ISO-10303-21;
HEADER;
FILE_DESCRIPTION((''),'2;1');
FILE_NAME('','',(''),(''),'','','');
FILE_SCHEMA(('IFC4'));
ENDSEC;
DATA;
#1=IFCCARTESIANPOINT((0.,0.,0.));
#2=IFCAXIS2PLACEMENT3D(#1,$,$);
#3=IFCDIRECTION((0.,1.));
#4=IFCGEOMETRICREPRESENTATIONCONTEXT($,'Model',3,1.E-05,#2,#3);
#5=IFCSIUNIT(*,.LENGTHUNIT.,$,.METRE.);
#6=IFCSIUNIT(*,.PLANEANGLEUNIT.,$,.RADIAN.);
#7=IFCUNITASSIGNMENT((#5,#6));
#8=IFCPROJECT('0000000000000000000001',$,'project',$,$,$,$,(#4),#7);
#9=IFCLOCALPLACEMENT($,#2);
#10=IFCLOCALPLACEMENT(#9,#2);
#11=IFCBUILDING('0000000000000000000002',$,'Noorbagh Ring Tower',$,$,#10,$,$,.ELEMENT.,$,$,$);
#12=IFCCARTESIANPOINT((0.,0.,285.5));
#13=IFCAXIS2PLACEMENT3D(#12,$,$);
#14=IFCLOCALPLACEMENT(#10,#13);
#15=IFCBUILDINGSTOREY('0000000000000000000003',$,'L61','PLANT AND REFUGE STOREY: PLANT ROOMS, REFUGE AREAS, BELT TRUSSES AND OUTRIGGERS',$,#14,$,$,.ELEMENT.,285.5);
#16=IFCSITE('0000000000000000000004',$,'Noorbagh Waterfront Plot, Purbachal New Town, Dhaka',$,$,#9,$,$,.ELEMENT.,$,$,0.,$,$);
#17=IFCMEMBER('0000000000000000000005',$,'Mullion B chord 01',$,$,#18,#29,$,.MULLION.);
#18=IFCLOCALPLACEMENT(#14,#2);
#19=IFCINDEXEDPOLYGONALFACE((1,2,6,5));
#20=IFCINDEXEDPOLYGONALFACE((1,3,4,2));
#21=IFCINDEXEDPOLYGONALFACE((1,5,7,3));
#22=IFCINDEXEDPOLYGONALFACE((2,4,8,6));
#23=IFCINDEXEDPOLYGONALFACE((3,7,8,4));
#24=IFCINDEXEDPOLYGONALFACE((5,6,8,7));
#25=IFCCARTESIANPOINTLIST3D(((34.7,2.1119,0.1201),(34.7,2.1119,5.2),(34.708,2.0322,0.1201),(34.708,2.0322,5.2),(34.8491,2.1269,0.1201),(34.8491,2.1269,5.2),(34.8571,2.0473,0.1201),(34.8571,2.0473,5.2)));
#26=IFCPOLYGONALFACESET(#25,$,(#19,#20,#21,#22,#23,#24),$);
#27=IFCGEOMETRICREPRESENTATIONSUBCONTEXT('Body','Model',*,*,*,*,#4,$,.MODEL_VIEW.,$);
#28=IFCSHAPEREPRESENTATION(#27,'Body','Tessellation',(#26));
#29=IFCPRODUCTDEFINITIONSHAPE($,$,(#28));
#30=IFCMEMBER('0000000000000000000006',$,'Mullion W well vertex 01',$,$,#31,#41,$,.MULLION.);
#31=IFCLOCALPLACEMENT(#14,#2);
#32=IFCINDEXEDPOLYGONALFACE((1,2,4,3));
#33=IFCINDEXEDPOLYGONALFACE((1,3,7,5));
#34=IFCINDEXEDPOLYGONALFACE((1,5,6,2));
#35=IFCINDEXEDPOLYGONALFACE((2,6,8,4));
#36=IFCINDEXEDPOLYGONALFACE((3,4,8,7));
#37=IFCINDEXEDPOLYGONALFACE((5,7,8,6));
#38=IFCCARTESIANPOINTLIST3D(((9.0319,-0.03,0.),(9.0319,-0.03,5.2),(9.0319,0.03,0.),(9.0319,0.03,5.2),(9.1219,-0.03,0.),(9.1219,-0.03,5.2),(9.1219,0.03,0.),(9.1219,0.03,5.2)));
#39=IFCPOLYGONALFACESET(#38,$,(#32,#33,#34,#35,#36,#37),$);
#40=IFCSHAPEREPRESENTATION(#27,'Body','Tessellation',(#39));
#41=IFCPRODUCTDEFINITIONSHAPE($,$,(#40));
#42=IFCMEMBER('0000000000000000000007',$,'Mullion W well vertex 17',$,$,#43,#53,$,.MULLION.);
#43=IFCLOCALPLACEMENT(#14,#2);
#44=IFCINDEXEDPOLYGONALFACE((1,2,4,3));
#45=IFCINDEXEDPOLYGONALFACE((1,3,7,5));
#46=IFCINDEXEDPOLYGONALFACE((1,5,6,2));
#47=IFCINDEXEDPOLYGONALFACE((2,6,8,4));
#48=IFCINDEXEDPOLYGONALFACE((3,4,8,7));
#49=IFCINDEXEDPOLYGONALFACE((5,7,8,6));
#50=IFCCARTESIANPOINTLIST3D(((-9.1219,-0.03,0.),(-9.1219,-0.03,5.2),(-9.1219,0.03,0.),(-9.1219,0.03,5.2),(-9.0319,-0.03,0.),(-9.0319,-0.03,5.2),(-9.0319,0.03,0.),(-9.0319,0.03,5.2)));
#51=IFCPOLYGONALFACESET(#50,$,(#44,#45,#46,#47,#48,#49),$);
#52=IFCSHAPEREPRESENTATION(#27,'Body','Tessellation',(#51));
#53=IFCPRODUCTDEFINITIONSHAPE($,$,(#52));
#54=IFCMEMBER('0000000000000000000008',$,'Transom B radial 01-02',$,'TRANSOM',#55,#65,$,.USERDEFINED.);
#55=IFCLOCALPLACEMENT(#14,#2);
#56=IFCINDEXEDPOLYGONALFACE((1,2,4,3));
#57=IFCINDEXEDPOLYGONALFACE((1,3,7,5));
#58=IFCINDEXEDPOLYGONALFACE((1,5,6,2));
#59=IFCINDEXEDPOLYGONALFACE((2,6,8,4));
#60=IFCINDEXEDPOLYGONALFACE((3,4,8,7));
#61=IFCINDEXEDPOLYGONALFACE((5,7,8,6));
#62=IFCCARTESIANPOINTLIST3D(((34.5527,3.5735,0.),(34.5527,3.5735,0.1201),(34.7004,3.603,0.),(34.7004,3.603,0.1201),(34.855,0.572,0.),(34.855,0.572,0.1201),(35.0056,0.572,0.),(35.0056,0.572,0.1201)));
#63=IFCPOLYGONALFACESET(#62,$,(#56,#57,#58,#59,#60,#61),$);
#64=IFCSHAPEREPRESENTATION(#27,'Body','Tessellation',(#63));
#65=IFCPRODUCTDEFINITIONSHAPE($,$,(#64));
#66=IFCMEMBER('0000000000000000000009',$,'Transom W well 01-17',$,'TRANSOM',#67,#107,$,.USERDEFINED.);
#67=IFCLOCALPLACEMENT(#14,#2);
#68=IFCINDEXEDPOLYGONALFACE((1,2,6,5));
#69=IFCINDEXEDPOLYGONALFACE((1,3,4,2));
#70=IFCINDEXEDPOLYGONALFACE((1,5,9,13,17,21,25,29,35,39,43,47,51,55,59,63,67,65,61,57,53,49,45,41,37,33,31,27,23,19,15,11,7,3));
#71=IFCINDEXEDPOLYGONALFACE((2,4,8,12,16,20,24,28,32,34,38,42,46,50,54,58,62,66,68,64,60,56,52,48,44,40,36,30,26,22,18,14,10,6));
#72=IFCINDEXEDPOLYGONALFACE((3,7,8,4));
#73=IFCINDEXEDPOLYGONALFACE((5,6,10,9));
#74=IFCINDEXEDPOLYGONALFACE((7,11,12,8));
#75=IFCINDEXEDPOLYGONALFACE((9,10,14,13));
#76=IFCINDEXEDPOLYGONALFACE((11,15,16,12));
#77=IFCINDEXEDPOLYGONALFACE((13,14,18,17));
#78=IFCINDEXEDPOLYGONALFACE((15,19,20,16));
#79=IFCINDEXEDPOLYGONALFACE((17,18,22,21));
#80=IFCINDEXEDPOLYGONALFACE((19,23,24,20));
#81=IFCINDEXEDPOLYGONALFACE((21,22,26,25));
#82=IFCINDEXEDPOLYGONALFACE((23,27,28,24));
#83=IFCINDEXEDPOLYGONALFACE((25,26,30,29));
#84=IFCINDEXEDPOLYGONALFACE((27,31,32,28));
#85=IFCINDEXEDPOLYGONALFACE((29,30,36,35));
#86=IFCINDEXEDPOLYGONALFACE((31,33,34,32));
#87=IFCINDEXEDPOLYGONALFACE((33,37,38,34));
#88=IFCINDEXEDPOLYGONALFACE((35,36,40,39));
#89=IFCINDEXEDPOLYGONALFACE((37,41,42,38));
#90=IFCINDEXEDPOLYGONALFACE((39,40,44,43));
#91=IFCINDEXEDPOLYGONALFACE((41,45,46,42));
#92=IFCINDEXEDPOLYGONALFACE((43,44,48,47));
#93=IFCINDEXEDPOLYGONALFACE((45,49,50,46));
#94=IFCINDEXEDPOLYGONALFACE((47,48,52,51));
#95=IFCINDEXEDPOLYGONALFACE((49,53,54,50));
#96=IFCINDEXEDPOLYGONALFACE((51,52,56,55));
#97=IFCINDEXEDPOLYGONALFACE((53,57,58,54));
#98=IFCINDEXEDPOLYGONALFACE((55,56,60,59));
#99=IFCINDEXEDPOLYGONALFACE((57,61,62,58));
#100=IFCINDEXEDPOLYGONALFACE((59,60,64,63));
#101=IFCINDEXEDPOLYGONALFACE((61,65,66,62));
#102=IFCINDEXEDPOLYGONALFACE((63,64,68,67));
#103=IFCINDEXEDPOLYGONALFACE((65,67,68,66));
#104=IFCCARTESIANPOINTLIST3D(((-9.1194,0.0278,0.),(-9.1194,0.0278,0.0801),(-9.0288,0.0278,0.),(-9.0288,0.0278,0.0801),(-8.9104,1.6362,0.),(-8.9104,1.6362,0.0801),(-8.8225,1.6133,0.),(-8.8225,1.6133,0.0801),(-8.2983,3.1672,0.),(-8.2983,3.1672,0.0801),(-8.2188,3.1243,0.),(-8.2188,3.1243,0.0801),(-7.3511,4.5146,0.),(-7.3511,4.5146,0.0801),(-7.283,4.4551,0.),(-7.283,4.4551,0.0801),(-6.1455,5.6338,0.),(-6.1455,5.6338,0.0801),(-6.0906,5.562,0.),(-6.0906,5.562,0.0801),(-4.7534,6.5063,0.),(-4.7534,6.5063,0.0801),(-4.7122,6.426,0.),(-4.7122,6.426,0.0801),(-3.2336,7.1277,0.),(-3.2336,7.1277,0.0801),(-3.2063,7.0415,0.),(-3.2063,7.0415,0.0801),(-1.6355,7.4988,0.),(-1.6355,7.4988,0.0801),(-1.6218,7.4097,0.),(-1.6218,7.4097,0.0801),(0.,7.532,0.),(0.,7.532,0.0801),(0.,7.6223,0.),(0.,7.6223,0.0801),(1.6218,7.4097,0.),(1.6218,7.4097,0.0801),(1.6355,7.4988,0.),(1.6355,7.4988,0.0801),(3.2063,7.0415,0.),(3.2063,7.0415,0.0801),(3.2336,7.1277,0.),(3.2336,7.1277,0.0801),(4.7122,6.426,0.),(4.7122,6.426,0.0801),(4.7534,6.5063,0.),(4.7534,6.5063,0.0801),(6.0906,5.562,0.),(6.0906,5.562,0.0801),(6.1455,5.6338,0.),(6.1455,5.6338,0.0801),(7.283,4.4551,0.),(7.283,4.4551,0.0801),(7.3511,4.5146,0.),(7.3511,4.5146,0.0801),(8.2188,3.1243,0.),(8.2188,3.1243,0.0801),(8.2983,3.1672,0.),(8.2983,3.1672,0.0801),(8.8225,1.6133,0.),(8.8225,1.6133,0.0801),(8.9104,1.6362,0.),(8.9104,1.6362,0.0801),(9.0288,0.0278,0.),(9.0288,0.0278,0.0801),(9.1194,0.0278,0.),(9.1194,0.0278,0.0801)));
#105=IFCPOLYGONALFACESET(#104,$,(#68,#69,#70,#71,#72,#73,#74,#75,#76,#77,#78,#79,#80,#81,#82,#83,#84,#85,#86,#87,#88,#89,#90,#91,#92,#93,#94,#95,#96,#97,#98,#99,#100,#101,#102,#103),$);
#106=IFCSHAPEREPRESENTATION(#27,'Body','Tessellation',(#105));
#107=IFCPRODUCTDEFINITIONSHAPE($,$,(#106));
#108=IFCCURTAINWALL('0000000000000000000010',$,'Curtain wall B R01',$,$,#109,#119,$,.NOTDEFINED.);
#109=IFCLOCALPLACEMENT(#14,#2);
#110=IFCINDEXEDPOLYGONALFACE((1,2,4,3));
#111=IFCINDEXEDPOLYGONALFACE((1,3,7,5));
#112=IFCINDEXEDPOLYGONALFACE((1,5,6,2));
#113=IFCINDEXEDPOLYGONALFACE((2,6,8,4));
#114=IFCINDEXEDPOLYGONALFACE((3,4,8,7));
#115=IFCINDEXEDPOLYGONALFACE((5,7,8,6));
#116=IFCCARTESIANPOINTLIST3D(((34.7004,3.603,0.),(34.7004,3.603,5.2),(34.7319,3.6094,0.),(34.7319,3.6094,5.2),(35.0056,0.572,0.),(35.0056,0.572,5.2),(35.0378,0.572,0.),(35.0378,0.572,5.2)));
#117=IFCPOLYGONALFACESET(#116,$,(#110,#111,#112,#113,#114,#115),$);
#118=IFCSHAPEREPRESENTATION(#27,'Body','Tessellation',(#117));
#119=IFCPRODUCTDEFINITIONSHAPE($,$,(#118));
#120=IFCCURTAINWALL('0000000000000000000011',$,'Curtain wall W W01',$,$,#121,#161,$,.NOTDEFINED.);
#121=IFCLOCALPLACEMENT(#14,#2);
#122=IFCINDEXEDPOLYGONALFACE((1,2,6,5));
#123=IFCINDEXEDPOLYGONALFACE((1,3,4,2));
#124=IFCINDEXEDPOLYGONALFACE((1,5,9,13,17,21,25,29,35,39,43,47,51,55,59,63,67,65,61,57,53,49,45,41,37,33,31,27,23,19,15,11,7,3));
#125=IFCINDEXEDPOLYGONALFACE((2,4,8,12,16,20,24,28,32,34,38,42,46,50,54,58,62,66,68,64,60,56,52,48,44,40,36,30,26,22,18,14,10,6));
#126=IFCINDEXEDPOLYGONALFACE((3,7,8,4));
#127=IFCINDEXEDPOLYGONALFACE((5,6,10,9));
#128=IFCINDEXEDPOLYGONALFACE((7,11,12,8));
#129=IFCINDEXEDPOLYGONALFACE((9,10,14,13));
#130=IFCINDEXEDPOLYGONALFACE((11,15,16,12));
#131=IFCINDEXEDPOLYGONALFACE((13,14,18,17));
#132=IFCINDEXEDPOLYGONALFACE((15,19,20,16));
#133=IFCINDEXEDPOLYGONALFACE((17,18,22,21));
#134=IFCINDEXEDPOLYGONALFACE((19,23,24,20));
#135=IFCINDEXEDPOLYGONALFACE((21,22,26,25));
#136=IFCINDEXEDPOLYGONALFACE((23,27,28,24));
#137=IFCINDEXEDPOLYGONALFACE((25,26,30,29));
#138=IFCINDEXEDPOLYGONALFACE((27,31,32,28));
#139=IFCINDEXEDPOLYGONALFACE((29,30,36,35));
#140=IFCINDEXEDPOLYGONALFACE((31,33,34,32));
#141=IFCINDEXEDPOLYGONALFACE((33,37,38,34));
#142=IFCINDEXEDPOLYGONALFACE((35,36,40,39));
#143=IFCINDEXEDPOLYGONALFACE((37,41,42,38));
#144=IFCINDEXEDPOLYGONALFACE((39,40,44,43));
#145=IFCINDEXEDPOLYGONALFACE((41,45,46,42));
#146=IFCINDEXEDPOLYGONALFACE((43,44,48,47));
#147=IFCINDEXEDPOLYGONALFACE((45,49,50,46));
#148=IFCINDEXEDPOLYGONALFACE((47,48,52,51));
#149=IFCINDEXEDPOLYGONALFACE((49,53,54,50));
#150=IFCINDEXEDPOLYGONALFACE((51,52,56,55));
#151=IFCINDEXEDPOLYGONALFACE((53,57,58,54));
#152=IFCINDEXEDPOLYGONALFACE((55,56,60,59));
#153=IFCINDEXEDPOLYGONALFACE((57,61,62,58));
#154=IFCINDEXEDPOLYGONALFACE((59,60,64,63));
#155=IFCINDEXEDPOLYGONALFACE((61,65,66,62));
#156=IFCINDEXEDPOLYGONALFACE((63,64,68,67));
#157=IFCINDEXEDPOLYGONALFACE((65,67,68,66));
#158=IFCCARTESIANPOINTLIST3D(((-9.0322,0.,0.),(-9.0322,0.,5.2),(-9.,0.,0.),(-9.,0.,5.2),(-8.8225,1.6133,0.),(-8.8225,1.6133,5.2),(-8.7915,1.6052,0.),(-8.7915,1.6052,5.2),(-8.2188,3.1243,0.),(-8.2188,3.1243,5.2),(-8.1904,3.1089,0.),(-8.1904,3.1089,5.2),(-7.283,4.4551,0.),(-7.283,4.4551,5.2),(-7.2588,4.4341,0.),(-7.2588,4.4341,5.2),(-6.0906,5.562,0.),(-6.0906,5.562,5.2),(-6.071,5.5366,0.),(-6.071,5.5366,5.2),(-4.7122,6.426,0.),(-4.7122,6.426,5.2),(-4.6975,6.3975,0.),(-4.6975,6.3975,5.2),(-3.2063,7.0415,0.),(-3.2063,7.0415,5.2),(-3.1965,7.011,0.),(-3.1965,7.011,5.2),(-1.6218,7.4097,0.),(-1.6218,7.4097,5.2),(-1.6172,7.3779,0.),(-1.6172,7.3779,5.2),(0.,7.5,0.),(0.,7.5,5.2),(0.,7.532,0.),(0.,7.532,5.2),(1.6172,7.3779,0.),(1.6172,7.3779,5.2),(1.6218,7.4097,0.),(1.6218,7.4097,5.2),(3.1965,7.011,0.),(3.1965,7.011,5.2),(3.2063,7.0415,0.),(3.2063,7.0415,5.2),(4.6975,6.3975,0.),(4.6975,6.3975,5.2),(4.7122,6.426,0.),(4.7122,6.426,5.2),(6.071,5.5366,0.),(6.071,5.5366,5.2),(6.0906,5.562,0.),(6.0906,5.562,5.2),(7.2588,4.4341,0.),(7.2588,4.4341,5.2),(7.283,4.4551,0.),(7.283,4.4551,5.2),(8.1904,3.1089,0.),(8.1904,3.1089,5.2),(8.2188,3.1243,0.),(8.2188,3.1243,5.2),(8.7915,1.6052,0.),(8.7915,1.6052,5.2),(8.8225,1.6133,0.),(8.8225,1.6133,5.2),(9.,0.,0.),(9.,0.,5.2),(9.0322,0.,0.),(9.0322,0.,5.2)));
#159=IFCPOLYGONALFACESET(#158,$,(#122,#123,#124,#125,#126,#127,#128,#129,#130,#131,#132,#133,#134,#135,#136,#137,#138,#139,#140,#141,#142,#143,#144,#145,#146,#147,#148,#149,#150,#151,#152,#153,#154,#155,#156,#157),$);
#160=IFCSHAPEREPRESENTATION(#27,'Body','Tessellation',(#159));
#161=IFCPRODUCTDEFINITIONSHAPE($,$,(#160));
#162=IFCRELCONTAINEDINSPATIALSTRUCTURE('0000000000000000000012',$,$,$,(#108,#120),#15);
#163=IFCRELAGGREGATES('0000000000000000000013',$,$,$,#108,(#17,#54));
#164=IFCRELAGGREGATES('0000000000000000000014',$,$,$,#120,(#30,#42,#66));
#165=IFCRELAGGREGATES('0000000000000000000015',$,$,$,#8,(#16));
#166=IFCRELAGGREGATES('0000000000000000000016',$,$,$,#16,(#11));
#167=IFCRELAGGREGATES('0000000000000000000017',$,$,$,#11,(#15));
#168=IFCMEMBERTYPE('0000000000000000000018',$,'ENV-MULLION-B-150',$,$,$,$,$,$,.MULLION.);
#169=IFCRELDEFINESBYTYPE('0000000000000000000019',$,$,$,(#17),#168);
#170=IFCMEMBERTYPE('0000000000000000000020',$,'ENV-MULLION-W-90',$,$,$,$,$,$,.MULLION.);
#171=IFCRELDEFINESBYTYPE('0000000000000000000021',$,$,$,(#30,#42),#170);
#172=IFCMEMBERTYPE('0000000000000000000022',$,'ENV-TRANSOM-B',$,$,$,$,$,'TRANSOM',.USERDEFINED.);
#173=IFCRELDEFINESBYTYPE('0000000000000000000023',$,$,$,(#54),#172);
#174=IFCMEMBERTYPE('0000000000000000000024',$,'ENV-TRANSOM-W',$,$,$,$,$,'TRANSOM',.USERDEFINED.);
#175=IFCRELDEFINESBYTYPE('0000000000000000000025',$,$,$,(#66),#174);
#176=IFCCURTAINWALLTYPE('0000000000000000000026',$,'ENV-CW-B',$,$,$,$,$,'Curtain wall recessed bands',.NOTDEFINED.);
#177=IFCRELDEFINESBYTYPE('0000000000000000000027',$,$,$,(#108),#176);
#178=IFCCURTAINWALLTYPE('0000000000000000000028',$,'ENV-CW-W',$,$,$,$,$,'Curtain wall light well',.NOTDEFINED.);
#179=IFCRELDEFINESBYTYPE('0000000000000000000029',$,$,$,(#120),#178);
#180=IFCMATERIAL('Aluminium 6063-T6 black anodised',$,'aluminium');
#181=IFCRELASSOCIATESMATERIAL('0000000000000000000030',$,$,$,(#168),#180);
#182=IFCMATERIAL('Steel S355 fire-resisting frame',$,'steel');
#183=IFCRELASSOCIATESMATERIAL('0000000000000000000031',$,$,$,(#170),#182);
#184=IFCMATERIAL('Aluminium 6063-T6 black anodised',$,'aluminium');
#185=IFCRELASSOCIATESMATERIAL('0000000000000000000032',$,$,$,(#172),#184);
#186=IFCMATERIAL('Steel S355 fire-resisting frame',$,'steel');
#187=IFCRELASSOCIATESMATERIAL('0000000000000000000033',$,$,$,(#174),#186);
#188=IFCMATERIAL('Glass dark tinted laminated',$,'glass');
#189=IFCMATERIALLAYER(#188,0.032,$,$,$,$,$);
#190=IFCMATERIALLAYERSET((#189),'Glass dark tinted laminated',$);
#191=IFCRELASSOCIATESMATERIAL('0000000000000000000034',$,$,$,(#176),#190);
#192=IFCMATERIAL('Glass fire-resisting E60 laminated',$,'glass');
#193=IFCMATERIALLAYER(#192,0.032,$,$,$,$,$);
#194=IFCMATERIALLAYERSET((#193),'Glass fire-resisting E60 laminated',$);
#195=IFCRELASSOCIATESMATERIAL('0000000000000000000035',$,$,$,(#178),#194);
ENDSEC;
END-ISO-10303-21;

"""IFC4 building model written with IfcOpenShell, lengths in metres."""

from ifc_helpers import new_model, si_unit, direction, frame, origin, origin_2d, place, context, subcontext, project, spatial, polyline, rectangle, outline, extrude, material, layer, layer_set, material_profile, profile_set, type_object, element, aggregate, save


model = new_model("IFC4")

# Units and contexts
model_context = context("Model", 3, precision=1e-05, world=origin(), true_north=direction((0.0, 1.0)))
body_context = subcontext(model_context, "Body", "Model", "MODEL_VIEW")
ifc_project = project(units=[si_unit("LENGTHUNIT", "METRE"), si_unit("PLANEANGLEUNIT", "RADIAN")], contexts=[model_context])

# Members
ifc_material_1 = material(Name="Aluminium 6063-T6 black anodised", Category="aluminium")
ifc_material_profile_1 = material_profile(ifc_material_1, rectangle(XDim=0.1499, YDim=0.0801, at=origin_2d()), Name="150x80")
ifc_profile_set_1 = profile_set([ifc_material_profile_1], Name="Aluminium 6063-T6 black anodised")
member_type_1 = type_object("IfcMemberType", Name="ENV-MULLION-B-150", PredefinedType="MULLION", material=ifc_profile_set_1)
site_placement = place(None, origin())
building_placement = place(site_placement, origin())
storey_placement = place(building_placement, frame((0.0, 0.0, 285.5)))
member_1_placement = place(storey_placement, frame((34.7786, 2.0796, 0.1201), z_axis=(0.0, 0.0, 1.0), x_axis=(-0.99497, -0.100178, 0.0)))
member_1 = element("IfcMember", 1, at=member_1_placement, type_object=member_type_1, Name="Mullion B chord 01", PredefinedType="MULLION", context=body_context, shape_type="SweptSolid", body=[
    extrude(rectangle(XDim=0.1499, YDim=0.0801, at=origin_2d()), origin(), (0.0, 0.0, 1.0), 5.0798),
])
ifc_material_2 = material(Name="Steel S355 fire-resisting frame", Category="steel")
ifc_material_profile_2 = material_profile(ifc_material_2, rectangle(XDim=0.0901, YDim=0.0601, at=origin_2d()), Name="90x60")
ifc_profile_set_2 = profile_set([ifc_material_profile_2], Name="Steel S355 fire-resisting frame")
member_type_2 = type_object("IfcMemberType", Name="ENV-MULLION-W-90", PredefinedType="MULLION", material=ifc_profile_set_2)
member_2_placement = place(storey_placement, frame((9.0769, 0.0, 0.0), z_axis=(0.0, 0.0, 1.0), x_axis=(1.0, 0.0, 0.0)))
member_2 = element("IfcMember", 2, at=member_2_placement, type_object=member_type_2, Name="Mullion W well vertex 01", PredefinedType="MULLION", context=body_context, shape_type="SweptSolid", body=[
    extrude(rectangle(XDim=0.0901, YDim=0.0601, at=origin_2d()), origin(), (0.0, 0.0, 1.0), 5.2),
])
member_3_placement = place(storey_placement, frame((-9.0769, 0.0, 0.0), z_axis=(0.0, 0.0, 1.0), x_axis=(-1.0, 0.0, 0.0)))
member_3 = element("IfcMember", 3, at=member_3_placement, type_object=member_type_2, Name="Mullion W well vertex 17", PredefinedType="MULLION", context=body_context, shape_type="SweptSolid", body=[
    extrude(rectangle(XDim=0.0901, YDim=0.0601, at=origin_2d()), origin(), (0.0, 0.0, 1.0), 5.2),
])
ifc_material_3 = material(Name="Aluminium 6063-T6 black anodised", Category="aluminium")
member_type_3 = type_object("IfcMemberType", Name="ENV-TRANSOM-B", ElementType="TRANSOM", PredefinedType="USERDEFINED", material=ifc_material_3)
member_4_placement = place(storey_placement, origin())
member_4 = element("IfcMember", 4, at=member_4_placement, type_object=member_type_3, Name="Transom B radial 01-02", ObjectType="TRANSOM", PredefinedType="USERDEFINED", context=body_context, shape_type="SweptSolid", body=[
    extrude(outline(polyline([(35.0056, 0.572), (34.7004, 3.603), (34.5527, 3.5735), (34.855, 0.572), (35.0056, 0.572)])), origin(), (0.0, 0.0, 1.0), 0.1201),
])
ifc_material_4 = material(Name="Steel S355 fire-resisting frame", Category="steel")
member_type_4 = type_object("IfcMemberType", Name="ENV-TRANSOM-W", ElementType="TRANSOM", PredefinedType="USERDEFINED", material=ifc_material_4)
member_5_placement = place(storey_placement, origin())
member_5 = element("IfcMember", 5, at=member_5_placement, type_object=member_type_4, Name="Transom W well 01-17", ObjectType="TRANSOM", PredefinedType="USERDEFINED", context=body_context, shape_type="SweptSolid", body=[
    extrude(outline(polyline([(9.1194, 0.0278), (8.9104, 1.6362), (8.2983, 3.1672), (7.3511, 4.5146), (6.1455, 5.6338), (4.7534, 6.5063), (3.2336, 7.1277), (1.6355, 7.4988), (0.0, 7.6223), (-1.6355, 7.4988), (-3.2336, 7.1277), (-4.7534, 6.5063), (-6.1455, 5.6338), (-7.3511, 4.5146), (-8.2983, 3.1672), (-8.9104, 1.6362), (-9.1194, 0.0278), (-9.0288, 0.0278), (-8.8225, 1.6133), (-8.2188, 3.1243), (-7.283, 4.4551), (-6.0906, 5.562), (-4.7122, 6.426), (-3.2063, 7.0415), (-1.6218, 7.4097), (0.0, 7.532), (1.6218, 7.4097), (3.2063, 7.0415), (4.7122, 6.426), (6.0906, 5.562), (7.283, 4.4551), (8.2188, 3.1243), (8.8225, 1.6133), (9.0288, 0.0278), (9.1194, 0.0278)])), origin(), (0.0, 0.0, 1.0), 0.0801),
])

# Site, building, storey
site = spatial("IfcSite", under=ifc_project, at=site_placement, Name="Noorbagh Waterfront Plot, Purbachal New Town, Dhaka", CompositionType="ELEMENT", RefElevation=0.0)
building = spatial("IfcBuilding", under=site, at=building_placement, Name="Noorbagh Ring Tower", CompositionType="ELEMENT")
storey = spatial("IfcBuildingStorey", under=building, at=storey_placement, Name="L61", Description="PLANT AND REFUGE STOREY: PLANT ROOMS, REFUGE AREAS, BELT TRUSSES AND OUTRIGGERS", CompositionType="ELEMENT", Elevation=285.5)

# Curtain walls
ifc_material_5 = material(Name="Glass dark tinted laminated", Category="glass")
ifc_layer_1 = layer(ifc_material_5, 0.032)
ifc_layer_set_1 = layer_set([ifc_layer_1], Name="Glass dark tinted laminated")
curtain_wall_type_1 = type_object("IfcCurtainWallType", Name="ENV-CW-B", ElementType="Curtain wall recessed bands", PredefinedType="NOTDEFINED", material=ifc_layer_set_1)
curtain_wall_1_placement = place(storey_placement, origin())
curtain_wall_1 = element("IfcCurtainWall", 6, at=curtain_wall_1_placement, inside=storey, type_object=curtain_wall_type_1, Name="Curtain wall B R01", PredefinedType="NOTDEFINED", context=body_context, shape_type="SweptSolid", body=[
    extrude(outline(polyline([(35.0378, 0.572), (34.7319, 3.6094), (34.7004, 3.603), (35.0056, 0.572), (35.0378, 0.572)])), origin(), (0.0, 0.0, 1.0), 5.2),
])
aggregate(curtain_wall_1, [member_1, member_4])
ifc_material_6 = material(Name="Glass fire-resisting E60 laminated", Category="glass")
ifc_layer_2 = layer(ifc_material_6, 0.032)
ifc_layer_set_2 = layer_set([ifc_layer_2], Name="Glass fire-resisting E60 laminated")
curtain_wall_type_2 = type_object("IfcCurtainWallType", Name="ENV-CW-W", ElementType="Curtain wall light well", PredefinedType="NOTDEFINED", material=ifc_layer_set_2)
curtain_wall_2_placement = place(storey_placement, origin())
curtain_wall_2 = element("IfcCurtainWall", 7, at=curtain_wall_2_placement, inside=storey, type_object=curtain_wall_type_2, Name="Curtain wall W W01", PredefinedType="NOTDEFINED", context=body_context, shape_type="SweptSolid", body=[
    extrude(outline(polyline([(9.0322, 0.0), (8.8225, 1.6133), (8.2188, 3.1243), (7.283, 4.4551), (6.0906, 5.562), (4.7122, 6.426), (3.2063, 7.0415), (1.6218, 7.4097), (0.0, 7.532), (-1.6218, 7.4097), (-3.2063, 7.0415), (-4.7122, 6.426), (-6.0906, 5.562), (-7.283, 4.4551), (-8.2188, 3.1243), (-8.8225, 1.6133), (-9.0322, 0.0), (-9.0, 0.0), (-8.7915, 1.6052), (-8.1904, 3.1089), (-7.2588, 4.4341), (-6.071, 5.5366), (-4.6975, 6.3975), (-3.1965, 7.011), (-1.6172, 7.3779), (0.0, 7.5), (1.6172, 7.3779), (3.1965, 7.011), (4.6975, 6.3975), (6.071, 5.5366), (7.2588, 4.4341), (8.1904, 3.1089), (8.7915, 1.6052), (9.0, 0.0), (9.0322, 0.0)])), origin(), (0.0, 0.0, 1.0), 5.2),
])
aggregate(curtain_wall_2, [member_2, member_3, member_5])

save(model, "model.ifc")
